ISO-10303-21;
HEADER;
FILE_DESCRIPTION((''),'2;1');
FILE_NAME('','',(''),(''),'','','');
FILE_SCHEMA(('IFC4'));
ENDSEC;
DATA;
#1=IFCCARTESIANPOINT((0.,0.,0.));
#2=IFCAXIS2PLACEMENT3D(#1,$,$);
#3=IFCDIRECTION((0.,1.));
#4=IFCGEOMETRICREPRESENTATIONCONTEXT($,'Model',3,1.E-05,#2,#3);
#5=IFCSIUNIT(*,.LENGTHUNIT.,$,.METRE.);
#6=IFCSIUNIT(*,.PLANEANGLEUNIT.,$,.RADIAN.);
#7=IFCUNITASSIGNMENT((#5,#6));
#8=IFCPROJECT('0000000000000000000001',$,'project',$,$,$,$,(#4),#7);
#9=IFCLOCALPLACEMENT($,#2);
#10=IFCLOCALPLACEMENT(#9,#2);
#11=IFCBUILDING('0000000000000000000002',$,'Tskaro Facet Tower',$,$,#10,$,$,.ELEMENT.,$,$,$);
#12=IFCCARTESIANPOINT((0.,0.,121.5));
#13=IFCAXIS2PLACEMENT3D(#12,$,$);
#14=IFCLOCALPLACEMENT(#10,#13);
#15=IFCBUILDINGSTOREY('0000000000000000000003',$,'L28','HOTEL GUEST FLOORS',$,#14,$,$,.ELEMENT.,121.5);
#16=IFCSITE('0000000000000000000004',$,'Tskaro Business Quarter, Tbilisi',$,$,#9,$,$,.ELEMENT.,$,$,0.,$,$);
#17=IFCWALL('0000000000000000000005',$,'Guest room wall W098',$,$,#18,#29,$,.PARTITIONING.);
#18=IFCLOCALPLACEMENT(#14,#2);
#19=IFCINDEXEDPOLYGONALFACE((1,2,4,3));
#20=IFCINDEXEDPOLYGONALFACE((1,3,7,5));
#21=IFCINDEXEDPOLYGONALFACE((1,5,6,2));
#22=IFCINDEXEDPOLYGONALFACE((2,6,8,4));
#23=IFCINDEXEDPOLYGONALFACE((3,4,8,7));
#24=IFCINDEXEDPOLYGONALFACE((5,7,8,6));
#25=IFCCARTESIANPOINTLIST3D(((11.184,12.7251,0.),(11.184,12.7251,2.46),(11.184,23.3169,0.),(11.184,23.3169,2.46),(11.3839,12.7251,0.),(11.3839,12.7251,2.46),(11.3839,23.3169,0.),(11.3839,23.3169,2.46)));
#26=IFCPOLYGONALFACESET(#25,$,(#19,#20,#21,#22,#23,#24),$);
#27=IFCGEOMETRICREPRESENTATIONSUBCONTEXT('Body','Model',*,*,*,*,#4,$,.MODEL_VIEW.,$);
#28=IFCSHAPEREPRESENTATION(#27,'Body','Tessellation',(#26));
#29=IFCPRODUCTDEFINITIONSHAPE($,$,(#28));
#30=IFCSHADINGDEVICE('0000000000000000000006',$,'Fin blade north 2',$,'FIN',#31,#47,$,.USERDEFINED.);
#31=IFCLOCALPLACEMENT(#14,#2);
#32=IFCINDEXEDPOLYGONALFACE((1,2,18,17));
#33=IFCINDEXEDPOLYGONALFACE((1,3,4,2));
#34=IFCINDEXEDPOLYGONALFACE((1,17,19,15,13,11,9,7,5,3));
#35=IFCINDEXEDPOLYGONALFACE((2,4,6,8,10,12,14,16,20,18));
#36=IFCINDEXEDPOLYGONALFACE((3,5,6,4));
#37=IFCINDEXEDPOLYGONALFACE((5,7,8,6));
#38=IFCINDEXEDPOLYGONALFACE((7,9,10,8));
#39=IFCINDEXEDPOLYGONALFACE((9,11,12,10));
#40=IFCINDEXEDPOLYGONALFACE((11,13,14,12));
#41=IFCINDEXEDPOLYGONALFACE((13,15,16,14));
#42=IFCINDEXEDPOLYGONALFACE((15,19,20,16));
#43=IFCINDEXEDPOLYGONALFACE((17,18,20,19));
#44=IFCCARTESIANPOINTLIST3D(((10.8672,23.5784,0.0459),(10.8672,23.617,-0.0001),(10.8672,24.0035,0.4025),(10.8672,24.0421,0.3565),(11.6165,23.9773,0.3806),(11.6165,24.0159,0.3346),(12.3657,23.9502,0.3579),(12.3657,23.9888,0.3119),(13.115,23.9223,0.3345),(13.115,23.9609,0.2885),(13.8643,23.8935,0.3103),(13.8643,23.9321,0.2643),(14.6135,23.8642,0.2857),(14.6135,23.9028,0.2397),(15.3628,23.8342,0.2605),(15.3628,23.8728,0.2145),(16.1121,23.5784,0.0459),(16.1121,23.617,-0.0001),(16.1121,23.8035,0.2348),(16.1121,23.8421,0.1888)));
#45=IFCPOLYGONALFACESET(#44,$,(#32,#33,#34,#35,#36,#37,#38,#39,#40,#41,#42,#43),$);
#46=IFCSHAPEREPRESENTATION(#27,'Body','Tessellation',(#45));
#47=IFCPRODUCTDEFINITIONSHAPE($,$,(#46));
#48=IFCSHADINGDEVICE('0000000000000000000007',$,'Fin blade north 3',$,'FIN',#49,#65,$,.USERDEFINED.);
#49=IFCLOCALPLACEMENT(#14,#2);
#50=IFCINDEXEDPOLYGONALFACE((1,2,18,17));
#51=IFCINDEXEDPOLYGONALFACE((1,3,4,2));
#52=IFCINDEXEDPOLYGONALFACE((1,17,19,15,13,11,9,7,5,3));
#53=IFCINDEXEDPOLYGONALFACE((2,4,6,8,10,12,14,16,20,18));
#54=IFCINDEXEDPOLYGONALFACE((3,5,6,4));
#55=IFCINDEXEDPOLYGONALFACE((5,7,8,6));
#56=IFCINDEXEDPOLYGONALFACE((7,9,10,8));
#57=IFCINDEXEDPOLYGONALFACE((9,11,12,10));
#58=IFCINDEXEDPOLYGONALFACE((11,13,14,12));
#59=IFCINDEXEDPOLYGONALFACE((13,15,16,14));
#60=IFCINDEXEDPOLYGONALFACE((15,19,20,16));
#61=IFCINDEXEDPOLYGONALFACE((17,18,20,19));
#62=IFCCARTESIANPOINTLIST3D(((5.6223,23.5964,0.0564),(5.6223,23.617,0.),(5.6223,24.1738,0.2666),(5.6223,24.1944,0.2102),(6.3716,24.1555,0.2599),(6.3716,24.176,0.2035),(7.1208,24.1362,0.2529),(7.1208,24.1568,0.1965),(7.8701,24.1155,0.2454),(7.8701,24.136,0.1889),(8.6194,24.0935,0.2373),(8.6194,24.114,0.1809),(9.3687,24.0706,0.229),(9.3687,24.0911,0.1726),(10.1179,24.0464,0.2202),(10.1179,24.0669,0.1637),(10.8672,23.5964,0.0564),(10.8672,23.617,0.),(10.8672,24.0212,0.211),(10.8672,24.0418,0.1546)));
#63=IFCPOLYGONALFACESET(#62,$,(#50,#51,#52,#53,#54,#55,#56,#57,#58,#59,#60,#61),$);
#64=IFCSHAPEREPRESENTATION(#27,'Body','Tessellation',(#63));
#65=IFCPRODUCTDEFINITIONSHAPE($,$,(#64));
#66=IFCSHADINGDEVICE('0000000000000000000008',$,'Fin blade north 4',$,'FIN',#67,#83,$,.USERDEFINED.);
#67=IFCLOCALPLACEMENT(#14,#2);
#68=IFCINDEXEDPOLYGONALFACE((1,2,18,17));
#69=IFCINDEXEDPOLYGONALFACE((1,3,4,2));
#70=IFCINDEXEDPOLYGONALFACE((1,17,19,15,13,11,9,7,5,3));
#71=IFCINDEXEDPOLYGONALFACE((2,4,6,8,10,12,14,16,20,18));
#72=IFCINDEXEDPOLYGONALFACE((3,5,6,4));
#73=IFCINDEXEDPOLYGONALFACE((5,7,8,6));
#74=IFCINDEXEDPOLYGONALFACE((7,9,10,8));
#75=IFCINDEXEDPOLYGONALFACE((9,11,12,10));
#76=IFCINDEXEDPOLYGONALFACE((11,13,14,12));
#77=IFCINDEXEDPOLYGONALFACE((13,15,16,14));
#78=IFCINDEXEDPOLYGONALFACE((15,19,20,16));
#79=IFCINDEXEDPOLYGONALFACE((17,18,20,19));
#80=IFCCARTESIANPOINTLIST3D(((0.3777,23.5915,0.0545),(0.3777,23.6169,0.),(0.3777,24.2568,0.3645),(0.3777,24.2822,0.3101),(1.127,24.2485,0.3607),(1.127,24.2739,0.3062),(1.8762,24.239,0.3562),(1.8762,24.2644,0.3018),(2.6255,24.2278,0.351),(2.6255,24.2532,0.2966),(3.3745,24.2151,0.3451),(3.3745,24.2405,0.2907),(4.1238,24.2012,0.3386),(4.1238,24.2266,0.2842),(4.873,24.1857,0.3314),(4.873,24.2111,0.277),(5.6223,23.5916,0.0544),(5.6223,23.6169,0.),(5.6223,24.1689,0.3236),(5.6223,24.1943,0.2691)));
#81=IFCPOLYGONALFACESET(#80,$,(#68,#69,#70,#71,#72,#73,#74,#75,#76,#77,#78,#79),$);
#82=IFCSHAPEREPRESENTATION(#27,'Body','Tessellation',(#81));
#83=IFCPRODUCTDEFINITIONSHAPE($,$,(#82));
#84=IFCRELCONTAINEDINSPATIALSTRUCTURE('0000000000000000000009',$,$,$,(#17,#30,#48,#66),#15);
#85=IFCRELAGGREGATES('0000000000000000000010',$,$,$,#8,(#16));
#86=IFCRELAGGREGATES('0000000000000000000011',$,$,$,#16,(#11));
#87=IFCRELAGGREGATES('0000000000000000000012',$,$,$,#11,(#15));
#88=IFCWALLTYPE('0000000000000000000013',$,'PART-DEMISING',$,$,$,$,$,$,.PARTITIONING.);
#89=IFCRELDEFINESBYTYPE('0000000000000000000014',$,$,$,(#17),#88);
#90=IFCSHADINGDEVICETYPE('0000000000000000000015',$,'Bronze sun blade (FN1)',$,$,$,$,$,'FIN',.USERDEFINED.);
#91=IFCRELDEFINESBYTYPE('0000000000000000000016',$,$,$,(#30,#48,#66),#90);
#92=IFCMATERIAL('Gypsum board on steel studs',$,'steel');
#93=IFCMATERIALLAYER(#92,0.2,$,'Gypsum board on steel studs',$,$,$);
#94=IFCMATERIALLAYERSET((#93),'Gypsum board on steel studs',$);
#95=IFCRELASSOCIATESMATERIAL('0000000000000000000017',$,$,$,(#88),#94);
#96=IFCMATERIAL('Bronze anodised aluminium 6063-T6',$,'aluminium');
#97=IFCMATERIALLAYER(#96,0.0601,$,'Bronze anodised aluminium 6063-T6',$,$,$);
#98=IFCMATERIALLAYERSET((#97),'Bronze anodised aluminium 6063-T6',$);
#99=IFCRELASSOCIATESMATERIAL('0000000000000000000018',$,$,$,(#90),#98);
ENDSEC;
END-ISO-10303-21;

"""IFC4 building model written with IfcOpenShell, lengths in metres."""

from ifc_helpers import new_model, si_unit, direction, frame, frame_2d, origin, place, context, subcontext, project, spatial, polyline, rectangle, outline, extrude, material, layer, layer_set, type_object, element, save


model = new_model("IFC4")

# Units and contexts
model_context = context("Model", 3, precision=1e-05, world=origin(), true_north=direction((0.0, 1.0)))
body_context = subcontext(model_context, "Body", "Model", "MODEL_VIEW")
ifc_project = project(units=[si_unit("LENGTHUNIT", "METRE"), si_unit("PLANEANGLEUNIT", "RADIAN")], contexts=[model_context])

# Site, building, storey
site_placement = place(None, origin())
site = spatial("IfcSite", under=ifc_project, at=site_placement, Name="Tskaro Business Quarter, Tbilisi", CompositionType="ELEMENT", RefElevation=0.0)
building_placement = place(site_placement, origin())
building = spatial("IfcBuilding", under=site, at=building_placement, Name="Tskaro Facet Tower", CompositionType="ELEMENT")
storey_placement = place(building_placement, frame((0.0, 0.0, 121.5)))
storey = spatial("IfcBuildingStorey", under=building, at=storey_placement, Name="L28", Description="HOTEL GUEST FLOORS", CompositionType="ELEMENT", Elevation=121.5)

# Shared definitions
ifc_material_1 = material(Name="Bronze anodised aluminium 6063-T6", Category="aluminium")

# Shared definitions
ifc_material_2 = material(Name="Gypsum board on steel studs", Category="steel")

# Wall
ifc_layer_1 = layer(ifc_material_2, 0.2, Name="Gypsum board on steel studs")
ifc_layer_set_1 = layer_set([ifc_layer_1], Name="Gypsum board on steel studs")
wall_type_1 = type_object("IfcWallType", Name="PART-DEMISING", PredefinedType="PARTITIONING", material=ifc_layer_set_1)
wall_1_placement = place(storey_placement, frame((11.2839, 12.7251, 0.0), z_axis=(0.0, 0.0, 1.0), x_axis=(0.0, 1.0, 0.0)))
element("IfcWall", 1, at=wall_1_placement, inside=storey, type_object=wall_type_1, Name="Guest room wall W098", PredefinedType="PARTITIONING", context=body_context, shape_type="SweptSolid", body=[
    extrude(rectangle(XDim=10.5918, YDim=0.2, at=frame_2d((5.2959, 0.0))), origin(), (0.0, 0.0, 1.0), 2.46),
])

# Shading devices
ifc_layer_2 = layer(ifc_material_1, 0.0601, Name="Bronze anodised aluminium 6063-T6")
ifc_layer_set_2 = layer_set([ifc_layer_2], Name="Bronze anodised aluminium 6063-T6")
shading_device_type = type_object("IfcShadingDeviceType", Name="Bronze sun blade (FN1)", ElementType="FIN", PredefinedType="USERDEFINED", material=ifc_layer_set_2)
shading_device_1_placement = place(storey_placement, frame((16.1121, 23.5784, 0.0459), z_axis=(0.000003, -0.642724, 0.766098), x_axis=(-1.0, -0.000002, 0.000002)))
element("IfcShadingDevice", 2, at=shading_device_1_placement, inside=storey, type_object=shading_device_type, Name="Fin blade north 2", ObjectType="FIN", PredefinedType="USERDEFINED", context=body_context, shape_type="SweptSolid", body=[
    extrude(outline(polyline([(0.0, 0.0), (5.2449, 0.0), (5.2449, -0.5549), (4.4956, -0.5207), (3.7463, -0.4854), (2.9971, -0.449), (2.2478, -0.4114), (1.4985, -0.3731), (0.7493, -0.3339), (0.0, -0.2939), (0.0, 0.0)])), origin(), (0.0, 0.0, -1.0), 0.0601),
])
shading_device_2_placement = place(storey_placement, frame((10.8672, 23.5964, 0.0564), z_axis=(0.00001, -0.342034, 0.939687), x_axis=(-1.0, -0.000004, 0.00001)))
element("IfcShadingDevice", 3, at=shading_device_2_placement, inside=storey, type_object=shading_device_type, Name="Fin blade north 3", ObjectType="FIN", PredefinedType="USERDEFINED", context=body_context, shape_type="SweptSolid", body=[
    extrude(outline(polyline([(0.0, 0.0), (5.2449, 0.0), (5.2449, -0.6145), (4.4956, -0.5949), (3.7463, -0.5745), (2.9971, -0.5524), (2.2478, -0.529), (1.4985, -0.5046), (0.7493, -0.4788), (0.0, -0.452), (0.0, 0.0)])), origin(), (0.0, 0.0, -1.0), 0.0601),
])
shading_device_3_placement = place(storey_placement, frame((5.6223, 23.5916, 0.0544), z_axis=(0.000004, -0.422463, 0.90638), x_axis=(-1.0, -0.000002, 0.000003)))
element("IfcShadingDevice", 4, at=shading_device_3_placement, inside=storey, type_object=shading_device_type, Name="Fin blade north 4", ObjectType="FIN", PredefinedType="USERDEFINED", context=body_context, shape_type="SweptSolid", body=[
    extrude(outline(polyline([(0.0, 0.0), (5.2446, 0.0), (5.2446, -0.734), (4.4954, -0.7248), (3.7461, -0.7143), (2.9968, -0.702), (2.2478, -0.688), (1.4985, -0.6726), (0.7493, -0.6556), (0.0, -0.637), (0.0, 0.0)])), origin(), (0.0, 0.0, -1.0), 0.0601),
])

save(model, "model.ifc")
